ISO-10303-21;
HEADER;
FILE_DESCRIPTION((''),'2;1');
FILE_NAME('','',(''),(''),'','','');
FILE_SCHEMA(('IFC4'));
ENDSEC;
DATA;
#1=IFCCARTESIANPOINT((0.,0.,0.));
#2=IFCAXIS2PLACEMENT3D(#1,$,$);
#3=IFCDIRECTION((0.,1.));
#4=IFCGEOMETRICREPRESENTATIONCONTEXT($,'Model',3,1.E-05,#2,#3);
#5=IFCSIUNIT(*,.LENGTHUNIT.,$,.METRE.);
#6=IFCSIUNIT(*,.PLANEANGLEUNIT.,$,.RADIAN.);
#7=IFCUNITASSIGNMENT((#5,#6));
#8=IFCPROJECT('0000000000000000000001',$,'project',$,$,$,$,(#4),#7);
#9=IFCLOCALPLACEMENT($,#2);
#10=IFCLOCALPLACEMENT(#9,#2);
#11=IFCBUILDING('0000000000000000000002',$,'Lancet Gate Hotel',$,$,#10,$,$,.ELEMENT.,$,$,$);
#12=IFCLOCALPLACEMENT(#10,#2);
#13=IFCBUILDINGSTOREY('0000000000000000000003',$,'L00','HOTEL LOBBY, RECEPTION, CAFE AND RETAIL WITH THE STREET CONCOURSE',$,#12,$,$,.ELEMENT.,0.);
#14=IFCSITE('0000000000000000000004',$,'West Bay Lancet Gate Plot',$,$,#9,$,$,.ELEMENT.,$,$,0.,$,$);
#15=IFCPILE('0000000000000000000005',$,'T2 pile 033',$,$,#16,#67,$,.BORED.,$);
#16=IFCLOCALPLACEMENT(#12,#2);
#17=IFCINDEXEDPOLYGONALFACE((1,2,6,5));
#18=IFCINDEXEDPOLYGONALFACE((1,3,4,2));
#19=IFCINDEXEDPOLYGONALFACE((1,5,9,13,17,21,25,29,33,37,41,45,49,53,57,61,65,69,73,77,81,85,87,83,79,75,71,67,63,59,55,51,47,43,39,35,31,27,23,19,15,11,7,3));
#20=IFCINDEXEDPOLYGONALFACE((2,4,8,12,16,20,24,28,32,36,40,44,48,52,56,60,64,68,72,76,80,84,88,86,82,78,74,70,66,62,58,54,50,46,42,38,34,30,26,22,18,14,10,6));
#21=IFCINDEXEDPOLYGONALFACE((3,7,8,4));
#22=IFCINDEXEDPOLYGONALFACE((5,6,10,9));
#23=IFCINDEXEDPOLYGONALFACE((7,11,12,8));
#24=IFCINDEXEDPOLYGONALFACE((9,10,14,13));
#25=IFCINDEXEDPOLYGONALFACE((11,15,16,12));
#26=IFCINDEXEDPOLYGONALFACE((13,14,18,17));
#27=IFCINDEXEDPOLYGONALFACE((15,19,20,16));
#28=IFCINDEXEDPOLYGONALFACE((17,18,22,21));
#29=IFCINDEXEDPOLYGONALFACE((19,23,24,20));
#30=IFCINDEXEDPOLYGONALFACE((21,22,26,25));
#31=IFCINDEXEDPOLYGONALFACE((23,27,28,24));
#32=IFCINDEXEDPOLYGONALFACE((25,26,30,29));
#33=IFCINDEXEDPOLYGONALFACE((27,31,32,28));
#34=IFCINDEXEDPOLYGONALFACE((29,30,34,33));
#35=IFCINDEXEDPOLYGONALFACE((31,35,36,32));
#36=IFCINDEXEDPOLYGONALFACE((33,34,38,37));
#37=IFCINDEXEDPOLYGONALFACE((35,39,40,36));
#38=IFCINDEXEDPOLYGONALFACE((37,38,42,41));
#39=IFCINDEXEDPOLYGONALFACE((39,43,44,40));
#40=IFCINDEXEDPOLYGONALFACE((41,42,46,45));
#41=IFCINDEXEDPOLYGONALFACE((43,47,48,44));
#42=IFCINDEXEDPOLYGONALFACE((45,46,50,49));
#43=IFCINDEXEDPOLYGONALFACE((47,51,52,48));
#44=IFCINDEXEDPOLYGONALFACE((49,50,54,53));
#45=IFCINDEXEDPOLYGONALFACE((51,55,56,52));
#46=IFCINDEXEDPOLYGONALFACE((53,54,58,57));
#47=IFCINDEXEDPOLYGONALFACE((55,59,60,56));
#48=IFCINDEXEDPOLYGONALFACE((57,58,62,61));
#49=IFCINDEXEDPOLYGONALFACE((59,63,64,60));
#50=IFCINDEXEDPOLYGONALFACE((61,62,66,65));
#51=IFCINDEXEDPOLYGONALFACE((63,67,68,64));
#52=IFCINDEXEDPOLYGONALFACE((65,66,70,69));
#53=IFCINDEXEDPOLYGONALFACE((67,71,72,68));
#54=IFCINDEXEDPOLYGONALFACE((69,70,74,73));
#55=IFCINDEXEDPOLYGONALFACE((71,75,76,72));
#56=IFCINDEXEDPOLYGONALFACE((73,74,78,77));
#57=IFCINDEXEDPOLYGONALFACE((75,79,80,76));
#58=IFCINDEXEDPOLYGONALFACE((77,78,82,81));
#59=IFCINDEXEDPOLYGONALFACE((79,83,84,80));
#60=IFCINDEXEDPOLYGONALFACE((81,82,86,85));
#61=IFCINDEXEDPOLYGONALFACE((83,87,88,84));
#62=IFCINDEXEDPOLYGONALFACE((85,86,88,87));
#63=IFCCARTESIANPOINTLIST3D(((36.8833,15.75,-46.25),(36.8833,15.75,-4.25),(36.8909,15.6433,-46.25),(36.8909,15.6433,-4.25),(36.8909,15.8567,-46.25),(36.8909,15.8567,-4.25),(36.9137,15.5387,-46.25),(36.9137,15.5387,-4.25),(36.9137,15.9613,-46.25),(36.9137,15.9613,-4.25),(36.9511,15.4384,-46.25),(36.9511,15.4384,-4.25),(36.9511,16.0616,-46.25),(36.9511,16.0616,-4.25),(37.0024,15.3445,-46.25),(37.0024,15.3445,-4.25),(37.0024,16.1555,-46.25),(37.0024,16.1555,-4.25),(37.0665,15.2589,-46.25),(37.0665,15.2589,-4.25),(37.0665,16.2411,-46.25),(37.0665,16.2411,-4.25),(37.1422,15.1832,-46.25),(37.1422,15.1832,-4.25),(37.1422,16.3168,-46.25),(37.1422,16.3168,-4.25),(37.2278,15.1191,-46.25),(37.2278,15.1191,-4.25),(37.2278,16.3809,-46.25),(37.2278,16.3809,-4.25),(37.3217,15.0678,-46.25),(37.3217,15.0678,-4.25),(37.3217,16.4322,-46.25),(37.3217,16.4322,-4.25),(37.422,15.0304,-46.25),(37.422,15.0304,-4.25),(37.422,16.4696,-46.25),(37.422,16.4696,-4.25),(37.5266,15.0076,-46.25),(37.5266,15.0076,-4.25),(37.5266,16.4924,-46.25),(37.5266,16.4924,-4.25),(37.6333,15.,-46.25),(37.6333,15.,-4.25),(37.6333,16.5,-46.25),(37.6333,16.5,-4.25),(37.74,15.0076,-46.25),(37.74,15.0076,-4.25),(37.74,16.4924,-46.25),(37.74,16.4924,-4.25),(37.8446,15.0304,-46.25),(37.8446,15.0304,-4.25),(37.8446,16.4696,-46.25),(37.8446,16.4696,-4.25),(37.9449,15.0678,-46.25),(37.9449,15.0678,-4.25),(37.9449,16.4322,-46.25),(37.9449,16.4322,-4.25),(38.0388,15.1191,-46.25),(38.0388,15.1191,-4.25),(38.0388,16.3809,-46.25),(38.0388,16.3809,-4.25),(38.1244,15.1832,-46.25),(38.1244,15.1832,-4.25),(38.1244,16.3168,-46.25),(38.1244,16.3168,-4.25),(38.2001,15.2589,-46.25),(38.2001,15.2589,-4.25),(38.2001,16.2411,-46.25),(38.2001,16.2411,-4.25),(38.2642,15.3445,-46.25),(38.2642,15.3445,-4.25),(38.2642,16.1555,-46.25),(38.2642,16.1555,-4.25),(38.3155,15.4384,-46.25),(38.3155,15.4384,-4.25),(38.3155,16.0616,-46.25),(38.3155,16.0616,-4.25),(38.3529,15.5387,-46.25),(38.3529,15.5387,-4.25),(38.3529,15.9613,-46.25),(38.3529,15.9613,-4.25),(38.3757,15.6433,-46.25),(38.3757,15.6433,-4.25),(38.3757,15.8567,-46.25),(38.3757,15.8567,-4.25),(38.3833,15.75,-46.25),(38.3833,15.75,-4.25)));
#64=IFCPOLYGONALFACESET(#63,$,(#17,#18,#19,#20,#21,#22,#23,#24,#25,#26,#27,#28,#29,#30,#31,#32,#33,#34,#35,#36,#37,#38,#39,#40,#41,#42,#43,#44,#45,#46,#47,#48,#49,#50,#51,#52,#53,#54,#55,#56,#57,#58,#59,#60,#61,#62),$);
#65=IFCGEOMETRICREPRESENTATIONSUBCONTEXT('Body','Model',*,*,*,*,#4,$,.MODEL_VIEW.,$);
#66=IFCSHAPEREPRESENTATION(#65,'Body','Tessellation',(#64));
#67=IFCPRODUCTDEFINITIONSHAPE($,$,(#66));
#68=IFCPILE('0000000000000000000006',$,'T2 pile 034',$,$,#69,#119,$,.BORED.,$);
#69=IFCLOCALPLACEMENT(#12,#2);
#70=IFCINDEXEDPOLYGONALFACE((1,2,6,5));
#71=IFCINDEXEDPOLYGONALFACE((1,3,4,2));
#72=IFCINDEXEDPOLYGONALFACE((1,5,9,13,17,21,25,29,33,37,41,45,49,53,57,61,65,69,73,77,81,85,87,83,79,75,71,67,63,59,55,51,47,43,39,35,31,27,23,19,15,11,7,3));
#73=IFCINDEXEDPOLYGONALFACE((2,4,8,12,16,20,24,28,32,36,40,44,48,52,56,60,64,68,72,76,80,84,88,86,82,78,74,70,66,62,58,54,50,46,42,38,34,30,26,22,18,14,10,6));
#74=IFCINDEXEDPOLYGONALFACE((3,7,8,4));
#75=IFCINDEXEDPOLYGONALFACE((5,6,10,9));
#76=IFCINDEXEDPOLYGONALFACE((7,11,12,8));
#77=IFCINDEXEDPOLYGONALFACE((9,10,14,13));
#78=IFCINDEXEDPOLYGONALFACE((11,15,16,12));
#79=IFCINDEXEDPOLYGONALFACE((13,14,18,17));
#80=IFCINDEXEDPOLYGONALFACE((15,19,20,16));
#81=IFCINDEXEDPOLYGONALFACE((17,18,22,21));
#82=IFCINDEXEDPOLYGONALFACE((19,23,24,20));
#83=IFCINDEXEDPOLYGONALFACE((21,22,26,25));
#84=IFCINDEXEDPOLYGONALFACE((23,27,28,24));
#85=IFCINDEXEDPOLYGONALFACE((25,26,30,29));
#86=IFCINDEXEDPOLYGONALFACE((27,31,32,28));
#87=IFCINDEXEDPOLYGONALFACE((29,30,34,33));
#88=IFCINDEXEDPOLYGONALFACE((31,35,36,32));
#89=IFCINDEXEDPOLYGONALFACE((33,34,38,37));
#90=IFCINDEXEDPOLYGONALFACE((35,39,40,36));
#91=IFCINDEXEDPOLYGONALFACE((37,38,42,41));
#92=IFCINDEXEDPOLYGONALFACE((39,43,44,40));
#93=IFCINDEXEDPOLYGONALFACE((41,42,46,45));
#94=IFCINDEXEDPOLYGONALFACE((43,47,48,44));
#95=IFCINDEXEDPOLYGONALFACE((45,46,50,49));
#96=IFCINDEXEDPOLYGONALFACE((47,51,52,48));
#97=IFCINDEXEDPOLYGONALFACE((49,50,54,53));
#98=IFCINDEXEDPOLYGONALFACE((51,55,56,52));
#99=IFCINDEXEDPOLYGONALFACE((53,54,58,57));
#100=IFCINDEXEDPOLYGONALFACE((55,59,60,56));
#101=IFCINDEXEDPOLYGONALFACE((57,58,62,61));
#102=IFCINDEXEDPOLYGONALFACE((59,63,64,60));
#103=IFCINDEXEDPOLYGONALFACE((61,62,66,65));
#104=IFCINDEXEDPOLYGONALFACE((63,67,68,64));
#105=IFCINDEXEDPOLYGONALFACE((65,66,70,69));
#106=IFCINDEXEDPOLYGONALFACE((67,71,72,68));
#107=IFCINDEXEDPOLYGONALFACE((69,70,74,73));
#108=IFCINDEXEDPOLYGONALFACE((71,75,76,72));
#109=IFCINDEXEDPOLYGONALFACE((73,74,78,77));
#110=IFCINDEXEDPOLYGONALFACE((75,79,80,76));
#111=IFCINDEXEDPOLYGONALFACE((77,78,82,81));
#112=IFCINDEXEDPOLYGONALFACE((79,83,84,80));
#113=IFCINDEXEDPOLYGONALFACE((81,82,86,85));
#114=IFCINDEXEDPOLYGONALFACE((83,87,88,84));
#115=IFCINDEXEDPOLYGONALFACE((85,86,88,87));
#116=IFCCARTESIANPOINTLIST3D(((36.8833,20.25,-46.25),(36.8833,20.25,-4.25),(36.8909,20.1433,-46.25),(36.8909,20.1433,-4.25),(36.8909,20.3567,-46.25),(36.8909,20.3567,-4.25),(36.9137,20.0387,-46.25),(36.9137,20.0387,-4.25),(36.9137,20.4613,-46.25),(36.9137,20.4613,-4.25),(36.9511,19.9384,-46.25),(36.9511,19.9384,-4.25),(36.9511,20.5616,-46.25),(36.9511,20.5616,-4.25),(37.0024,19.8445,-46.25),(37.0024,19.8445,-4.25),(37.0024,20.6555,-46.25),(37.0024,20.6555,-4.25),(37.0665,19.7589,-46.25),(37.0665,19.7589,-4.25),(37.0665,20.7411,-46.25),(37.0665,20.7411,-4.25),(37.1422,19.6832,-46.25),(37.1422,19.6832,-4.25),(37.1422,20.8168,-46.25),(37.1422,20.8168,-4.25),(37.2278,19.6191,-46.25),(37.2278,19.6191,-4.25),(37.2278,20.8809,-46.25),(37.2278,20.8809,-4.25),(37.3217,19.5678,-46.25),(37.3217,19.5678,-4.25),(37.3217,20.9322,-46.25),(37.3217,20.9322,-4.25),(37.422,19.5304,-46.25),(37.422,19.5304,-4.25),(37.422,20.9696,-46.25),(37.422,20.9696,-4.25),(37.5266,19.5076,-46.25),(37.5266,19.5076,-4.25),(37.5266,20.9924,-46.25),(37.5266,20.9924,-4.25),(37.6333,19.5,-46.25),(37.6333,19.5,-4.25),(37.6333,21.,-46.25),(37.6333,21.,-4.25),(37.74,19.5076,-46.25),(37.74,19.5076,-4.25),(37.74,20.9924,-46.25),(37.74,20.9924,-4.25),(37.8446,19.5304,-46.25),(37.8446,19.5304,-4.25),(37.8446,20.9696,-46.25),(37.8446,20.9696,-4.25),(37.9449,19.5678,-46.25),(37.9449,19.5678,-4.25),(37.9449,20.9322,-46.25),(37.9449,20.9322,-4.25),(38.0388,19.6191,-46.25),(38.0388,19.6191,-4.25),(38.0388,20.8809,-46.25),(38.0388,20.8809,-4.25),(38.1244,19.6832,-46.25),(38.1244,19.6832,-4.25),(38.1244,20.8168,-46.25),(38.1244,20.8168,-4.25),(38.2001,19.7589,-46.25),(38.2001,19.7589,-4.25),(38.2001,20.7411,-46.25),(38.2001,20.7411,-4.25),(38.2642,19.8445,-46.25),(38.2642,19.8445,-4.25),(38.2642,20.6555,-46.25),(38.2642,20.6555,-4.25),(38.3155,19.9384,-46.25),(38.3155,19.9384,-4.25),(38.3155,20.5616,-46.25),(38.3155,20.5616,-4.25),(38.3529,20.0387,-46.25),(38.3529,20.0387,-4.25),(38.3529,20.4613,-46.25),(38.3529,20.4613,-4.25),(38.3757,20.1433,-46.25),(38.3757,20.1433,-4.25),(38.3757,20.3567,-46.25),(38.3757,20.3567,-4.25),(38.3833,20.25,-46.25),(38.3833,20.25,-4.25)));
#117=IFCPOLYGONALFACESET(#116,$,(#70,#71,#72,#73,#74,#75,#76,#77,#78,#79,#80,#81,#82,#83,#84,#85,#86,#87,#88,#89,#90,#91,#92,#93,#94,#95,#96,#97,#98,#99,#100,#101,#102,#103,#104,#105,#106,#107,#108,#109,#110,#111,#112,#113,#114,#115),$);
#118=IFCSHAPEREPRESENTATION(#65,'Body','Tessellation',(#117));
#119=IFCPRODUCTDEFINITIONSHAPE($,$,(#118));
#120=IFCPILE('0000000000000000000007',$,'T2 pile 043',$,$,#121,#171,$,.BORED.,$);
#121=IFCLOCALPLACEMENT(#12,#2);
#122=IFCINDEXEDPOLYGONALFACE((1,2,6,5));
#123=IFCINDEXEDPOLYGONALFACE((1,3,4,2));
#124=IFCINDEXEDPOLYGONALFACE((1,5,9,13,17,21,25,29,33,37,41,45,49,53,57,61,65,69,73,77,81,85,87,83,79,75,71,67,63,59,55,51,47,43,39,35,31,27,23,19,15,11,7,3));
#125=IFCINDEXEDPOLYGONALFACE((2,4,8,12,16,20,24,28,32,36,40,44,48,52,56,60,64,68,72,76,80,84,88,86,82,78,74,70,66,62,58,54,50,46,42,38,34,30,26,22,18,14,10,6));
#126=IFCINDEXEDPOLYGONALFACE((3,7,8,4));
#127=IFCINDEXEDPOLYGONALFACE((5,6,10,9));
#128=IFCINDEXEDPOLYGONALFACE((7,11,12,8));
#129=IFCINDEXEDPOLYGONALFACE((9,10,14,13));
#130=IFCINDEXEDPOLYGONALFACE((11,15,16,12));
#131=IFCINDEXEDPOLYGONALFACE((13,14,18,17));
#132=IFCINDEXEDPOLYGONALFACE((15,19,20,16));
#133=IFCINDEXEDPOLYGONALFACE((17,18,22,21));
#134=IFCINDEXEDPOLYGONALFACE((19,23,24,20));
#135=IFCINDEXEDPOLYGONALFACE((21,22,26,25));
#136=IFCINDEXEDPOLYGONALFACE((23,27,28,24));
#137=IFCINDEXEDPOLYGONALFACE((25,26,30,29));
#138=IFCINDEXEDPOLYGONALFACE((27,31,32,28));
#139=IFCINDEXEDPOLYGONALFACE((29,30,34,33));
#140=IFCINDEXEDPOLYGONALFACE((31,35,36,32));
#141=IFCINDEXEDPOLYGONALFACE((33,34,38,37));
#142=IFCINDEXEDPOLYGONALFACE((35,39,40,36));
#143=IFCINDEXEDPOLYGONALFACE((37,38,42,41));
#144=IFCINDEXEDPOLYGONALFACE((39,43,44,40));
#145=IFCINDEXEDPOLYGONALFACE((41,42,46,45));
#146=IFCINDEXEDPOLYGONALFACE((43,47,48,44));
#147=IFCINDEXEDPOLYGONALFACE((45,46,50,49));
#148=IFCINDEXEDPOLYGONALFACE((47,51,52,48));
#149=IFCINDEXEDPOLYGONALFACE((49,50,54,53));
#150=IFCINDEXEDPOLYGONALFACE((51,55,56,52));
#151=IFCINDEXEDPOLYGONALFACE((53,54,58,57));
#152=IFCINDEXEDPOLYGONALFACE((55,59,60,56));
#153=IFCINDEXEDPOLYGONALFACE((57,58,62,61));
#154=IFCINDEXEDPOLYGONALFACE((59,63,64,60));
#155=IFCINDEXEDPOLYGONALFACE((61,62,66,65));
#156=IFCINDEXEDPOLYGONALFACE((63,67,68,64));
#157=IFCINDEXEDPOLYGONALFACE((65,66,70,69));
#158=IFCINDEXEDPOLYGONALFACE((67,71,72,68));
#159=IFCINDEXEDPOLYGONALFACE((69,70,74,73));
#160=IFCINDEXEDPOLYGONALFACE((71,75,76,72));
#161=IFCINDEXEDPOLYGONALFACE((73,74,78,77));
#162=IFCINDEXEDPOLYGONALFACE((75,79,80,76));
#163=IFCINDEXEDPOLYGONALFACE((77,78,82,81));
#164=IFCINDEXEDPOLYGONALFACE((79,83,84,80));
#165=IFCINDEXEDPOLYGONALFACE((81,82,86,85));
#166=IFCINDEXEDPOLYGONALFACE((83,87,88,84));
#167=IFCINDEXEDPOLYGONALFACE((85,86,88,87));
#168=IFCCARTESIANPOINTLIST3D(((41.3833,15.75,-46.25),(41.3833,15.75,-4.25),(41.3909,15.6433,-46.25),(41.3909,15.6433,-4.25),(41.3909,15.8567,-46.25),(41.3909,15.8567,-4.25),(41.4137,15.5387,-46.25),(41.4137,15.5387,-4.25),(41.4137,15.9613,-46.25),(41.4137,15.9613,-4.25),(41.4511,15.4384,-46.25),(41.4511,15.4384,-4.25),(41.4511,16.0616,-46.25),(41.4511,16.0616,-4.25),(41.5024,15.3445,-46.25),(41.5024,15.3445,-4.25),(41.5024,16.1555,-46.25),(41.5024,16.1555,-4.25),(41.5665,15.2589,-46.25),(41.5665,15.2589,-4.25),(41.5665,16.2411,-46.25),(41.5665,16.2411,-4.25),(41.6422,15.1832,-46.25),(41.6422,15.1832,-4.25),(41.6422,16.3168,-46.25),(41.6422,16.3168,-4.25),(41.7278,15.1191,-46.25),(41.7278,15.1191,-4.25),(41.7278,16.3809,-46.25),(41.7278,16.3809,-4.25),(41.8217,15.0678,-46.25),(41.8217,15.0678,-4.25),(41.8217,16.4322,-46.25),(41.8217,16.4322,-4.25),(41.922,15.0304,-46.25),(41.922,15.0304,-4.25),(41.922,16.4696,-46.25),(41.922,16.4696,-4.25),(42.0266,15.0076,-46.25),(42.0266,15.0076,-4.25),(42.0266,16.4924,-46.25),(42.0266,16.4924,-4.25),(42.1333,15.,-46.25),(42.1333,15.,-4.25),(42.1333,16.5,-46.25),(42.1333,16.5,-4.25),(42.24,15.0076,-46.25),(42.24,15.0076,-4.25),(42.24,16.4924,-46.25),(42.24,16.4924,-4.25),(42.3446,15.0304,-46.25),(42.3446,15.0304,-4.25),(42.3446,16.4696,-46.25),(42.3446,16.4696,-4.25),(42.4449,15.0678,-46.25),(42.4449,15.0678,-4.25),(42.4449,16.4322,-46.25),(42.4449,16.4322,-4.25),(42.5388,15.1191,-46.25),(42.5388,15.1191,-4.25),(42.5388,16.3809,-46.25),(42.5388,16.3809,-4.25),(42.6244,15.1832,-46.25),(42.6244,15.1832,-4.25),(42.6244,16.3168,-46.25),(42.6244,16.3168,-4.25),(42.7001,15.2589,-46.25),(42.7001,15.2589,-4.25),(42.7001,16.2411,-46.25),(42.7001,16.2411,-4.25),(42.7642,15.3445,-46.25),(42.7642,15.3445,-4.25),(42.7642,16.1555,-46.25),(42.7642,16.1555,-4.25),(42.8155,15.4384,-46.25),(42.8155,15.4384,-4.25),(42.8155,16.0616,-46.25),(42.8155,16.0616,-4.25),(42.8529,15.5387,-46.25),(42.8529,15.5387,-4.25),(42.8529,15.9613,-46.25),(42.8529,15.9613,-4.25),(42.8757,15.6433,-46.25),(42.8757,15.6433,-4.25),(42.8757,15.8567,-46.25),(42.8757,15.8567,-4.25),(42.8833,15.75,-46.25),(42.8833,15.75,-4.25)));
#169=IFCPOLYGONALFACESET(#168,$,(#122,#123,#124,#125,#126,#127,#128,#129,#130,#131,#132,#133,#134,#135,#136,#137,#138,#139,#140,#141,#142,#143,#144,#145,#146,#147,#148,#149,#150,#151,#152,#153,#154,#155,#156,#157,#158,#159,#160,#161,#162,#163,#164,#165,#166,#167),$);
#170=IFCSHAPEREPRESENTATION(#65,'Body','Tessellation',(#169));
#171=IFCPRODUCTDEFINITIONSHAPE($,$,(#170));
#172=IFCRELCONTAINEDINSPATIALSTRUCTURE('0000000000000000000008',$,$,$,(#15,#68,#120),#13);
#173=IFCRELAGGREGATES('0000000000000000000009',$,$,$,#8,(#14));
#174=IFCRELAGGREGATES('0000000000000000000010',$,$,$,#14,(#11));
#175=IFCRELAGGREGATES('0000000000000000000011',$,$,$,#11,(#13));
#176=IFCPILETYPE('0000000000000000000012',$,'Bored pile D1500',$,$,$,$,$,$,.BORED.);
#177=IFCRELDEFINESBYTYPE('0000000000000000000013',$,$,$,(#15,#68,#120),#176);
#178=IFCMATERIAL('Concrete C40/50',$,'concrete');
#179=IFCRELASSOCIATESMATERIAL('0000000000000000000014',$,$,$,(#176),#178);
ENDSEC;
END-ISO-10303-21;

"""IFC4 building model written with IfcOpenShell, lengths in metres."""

from ifc_helpers import new_model, si_unit, direction, frame, origin, origin_2d, place, context, subcontext, project, spatial, circle, extrude, material, material_profile, profile_set, type_object, element, save


model = new_model("IFC4")

# Units and contexts
model_context = context("Model", 3, precision=1e-05, world=origin(), true_north=direction((0.0, 1.0)))
body_context = subcontext(model_context, "Body", "Model", "MODEL_VIEW")
ifc_project = project(units=[si_unit("LENGTHUNIT", "METRE"), si_unit("PLANEANGLEUNIT", "RADIAN")], contexts=[model_context])

# Site, building, storey
site_placement = place(None, origin())
site = spatial("IfcSite", under=ifc_project, at=site_placement, Name="West Bay Lancet Gate Plot", CompositionType="ELEMENT", RefElevation=0.0)
building_placement = place(site_placement, origin())
building = spatial("IfcBuilding", under=site, at=building_placement, Name="Lancet Gate Hotel", CompositionType="ELEMENT")
storey_placement = place(building_placement, origin())
storey = spatial("IfcBuildingStorey", under=building, at=storey_placement, Name="L00", Description="HOTEL LOBBY, RECEPTION, CAFE AND RETAIL WITH THE STREET CONCOURSE", CompositionType="ELEMENT", Elevation=0.0)

# Piles
ifc_material_1 = material(Name="Concrete C40/50", Category="concrete")
ifc_material_profile_1 = material_profile(ifc_material_1, circle(Radius=0.75, at=origin_2d()), Name="PILE D1500")
ifc_profile_set_1 = profile_set([ifc_material_profile_1], Name="Concrete C40/50")
pile_type = type_object("IfcPileType", Name="Bored pile D1500", PredefinedType="BORED", material=ifc_profile_set_1)
for number, where, z_axis, x_axis, name in (
    (1, (37.6333, 15.75, -4.25), (0.0, 0.0, -1.0), (1.0, 0.0, 0.0), "T2 pile 033"),
    (2, (37.6333, 20.25, -4.25), (0.0, 0.0, -1.0), (1.0, 0.0, 0.0), "T2 pile 034"),
    (3, (42.1333, 15.75, -4.25), (0.0, 0.0, -1.0), (1.0, 0.0, 0.0), "T2 pile 043"),
):
    element("IfcPile", number, at=place(storey_placement, frame(where, z_axis=z_axis, x_axis=x_axis)), inside=storey, type_object=pile_type, Name=name, PredefinedType="BORED", context=body_context, shape_type="SweptSolid", body=[
        extrude(circle(Radius=0.75, at=origin_2d()), origin(), (0.0, 0.0, 1.0), 42.0),
    ])

save(model, "model.ifc")
